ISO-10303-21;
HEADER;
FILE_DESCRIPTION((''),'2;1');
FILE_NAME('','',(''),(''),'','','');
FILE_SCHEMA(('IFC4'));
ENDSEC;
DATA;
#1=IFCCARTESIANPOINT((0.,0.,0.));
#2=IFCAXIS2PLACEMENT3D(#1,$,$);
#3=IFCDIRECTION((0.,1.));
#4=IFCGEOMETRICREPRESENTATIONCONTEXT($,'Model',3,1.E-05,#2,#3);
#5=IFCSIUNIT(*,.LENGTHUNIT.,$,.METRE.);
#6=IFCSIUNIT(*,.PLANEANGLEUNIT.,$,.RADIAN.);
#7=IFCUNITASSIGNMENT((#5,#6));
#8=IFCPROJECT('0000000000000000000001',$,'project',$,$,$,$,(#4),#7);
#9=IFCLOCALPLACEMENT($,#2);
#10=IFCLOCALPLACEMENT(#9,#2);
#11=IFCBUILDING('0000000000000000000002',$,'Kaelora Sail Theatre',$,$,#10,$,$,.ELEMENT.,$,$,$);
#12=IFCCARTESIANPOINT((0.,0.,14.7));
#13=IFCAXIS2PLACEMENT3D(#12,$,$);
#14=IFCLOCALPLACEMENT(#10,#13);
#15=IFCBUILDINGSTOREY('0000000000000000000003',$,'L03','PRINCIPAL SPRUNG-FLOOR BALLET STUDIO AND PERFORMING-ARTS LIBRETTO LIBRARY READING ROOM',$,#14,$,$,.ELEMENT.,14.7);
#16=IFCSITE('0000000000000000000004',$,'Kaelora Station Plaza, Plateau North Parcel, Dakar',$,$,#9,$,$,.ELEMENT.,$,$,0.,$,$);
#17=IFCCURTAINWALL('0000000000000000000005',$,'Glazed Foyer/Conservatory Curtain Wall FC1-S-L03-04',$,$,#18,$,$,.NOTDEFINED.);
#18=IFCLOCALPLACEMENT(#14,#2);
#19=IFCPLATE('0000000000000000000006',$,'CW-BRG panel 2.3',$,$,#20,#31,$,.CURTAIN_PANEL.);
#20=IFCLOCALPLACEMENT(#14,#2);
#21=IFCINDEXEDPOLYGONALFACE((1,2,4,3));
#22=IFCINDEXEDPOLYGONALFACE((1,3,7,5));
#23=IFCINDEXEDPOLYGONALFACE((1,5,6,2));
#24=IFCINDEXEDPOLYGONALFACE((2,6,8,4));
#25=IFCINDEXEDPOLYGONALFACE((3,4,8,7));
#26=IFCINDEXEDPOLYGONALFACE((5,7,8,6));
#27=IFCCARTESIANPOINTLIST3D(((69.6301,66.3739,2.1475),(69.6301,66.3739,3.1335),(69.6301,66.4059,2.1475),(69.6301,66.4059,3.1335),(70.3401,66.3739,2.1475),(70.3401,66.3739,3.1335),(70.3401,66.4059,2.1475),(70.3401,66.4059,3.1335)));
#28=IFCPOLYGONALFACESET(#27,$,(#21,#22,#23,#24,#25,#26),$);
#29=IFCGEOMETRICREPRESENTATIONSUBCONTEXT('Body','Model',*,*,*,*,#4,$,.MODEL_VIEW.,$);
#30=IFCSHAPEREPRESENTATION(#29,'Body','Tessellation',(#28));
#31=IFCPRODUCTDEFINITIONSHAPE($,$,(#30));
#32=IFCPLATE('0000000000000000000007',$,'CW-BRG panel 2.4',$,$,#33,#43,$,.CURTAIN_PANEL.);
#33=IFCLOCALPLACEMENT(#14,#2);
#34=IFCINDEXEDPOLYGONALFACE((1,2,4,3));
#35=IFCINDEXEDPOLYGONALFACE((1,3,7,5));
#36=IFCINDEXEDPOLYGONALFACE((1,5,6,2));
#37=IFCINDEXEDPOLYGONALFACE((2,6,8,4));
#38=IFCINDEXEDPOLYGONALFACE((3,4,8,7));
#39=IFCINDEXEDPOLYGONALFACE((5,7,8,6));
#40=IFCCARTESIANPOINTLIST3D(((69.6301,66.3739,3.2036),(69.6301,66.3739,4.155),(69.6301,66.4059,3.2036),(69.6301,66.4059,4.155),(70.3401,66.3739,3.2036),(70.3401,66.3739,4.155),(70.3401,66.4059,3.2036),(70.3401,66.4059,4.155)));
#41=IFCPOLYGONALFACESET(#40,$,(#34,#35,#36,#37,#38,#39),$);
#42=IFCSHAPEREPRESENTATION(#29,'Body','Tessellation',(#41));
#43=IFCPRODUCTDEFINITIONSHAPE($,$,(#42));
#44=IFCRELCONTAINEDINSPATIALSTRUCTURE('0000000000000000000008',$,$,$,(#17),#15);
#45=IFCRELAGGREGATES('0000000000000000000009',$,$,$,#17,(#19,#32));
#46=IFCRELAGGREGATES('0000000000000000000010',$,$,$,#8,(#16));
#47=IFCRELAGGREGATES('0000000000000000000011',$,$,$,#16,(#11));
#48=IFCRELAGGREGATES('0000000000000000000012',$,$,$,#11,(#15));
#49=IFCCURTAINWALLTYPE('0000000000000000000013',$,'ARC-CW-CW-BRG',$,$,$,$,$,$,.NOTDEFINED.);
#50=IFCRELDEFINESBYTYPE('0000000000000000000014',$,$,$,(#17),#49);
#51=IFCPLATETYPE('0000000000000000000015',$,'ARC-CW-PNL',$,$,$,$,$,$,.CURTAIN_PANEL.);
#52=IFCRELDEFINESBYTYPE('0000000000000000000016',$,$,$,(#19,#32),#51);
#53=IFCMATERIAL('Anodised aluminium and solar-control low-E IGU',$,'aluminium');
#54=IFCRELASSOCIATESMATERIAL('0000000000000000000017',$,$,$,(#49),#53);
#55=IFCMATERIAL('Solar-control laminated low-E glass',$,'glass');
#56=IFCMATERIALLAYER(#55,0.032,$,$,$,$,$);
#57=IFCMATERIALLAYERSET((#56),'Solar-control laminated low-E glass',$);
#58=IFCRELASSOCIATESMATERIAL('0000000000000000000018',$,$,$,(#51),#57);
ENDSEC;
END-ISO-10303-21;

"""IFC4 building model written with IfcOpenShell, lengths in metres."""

from ifc_helpers import new_model, si_unit, direction, frame, origin, origin_2d, place, context, subcontext, project, spatial, rectangle, extrude, material, layer, layer_set, type_object, element, aggregate, save


model = new_model("IFC4")

# Units and contexts
model_context = context("Model", 3, precision=1e-05, world=origin(), true_north=direction((0.0, 1.0)))
body_context = subcontext(model_context, "Body", "Model", "MODEL_VIEW")
ifc_project = project(units=[si_unit("LENGTHUNIT", "METRE"), si_unit("PLANEANGLEUNIT", "RADIAN")], contexts=[model_context])

# Site, building, storey
site_placement = place(None, origin())
site = spatial("IfcSite", under=ifc_project, at=site_placement, Name="Kaelora Station Plaza, Plateau North Parcel, Dakar", CompositionType="ELEMENT", RefElevation=0.0)
building_placement = place(site_placement, origin())
building = spatial("IfcBuilding", under=site, at=building_placement, Name="Kaelora Sail Theatre", CompositionType="ELEMENT")
storey_placement = place(building_placement, frame((0.0, 0.0, 14.7)))
storey = spatial("IfcBuildingStorey", under=building, at=storey_placement, Name="L03", Description="PRINCIPAL SPRUNG-FLOOR BALLET STUDIO AND PERFORMING-ARTS LIBRETTO LIBRARY READING ROOM", CompositionType="ELEMENT", Elevation=14.7)

# Curtain wall
ifc_material_1 = material(Name="Anodised aluminium and solar-control low-E IGU", Category="aluminium")
curtain_wall_type = type_object("IfcCurtainWallType", Name="ARC-CW-CW-BRG", PredefinedType="NOTDEFINED", material=ifc_material_1)
curtain_wall_1_placement = place(storey_placement, origin())
curtain_wall_1 = element("IfcCurtainWall", 1, at=curtain_wall_1_placement, inside=storey, type_object=curtain_wall_type, Name="Glazed Foyer/Conservatory Curtain Wall FC1-S-L03-04", PredefinedType="NOTDEFINED")

# Plates
ifc_material_2 = material(Name="Solar-control laminated low-E glass", Category="glass")
ifc_layer = layer(ifc_material_2, 0.032)
ifc_layer_set = layer_set([ifc_layer], Name="Solar-control laminated low-E glass")
plate_type = type_object("IfcPlateType", Name="ARC-CW-PNL", PredefinedType="CURTAIN_PANEL", material=ifc_layer_set)
plate_1_placement = place(storey_placement, frame((69.9851, 66.3899, 2.1475), z_axis=(0.0, 0.0, 1.0), x_axis=(1.0, 0.0, 0.0)))
plate_1 = element("IfcPlate", 2, at=plate_1_placement, type_object=plate_type, Name="CW-BRG panel 2.3", PredefinedType="CURTAIN_PANEL", context=body_context, shape_type="SweptSolid", body=[
    extrude(rectangle(XDim=0.71, YDim=0.032, at=origin_2d()), origin(), (0.0, 0.0, 1.0), 0.9861),
])
plate_2_placement = place(storey_placement, frame((69.9851, 66.3899, 3.2036), z_axis=(0.0, 0.0, 1.0), x_axis=(1.0, 0.0, 0.0)))
plate_2 = element("IfcPlate", 3, at=plate_2_placement, type_object=plate_type, Name="CW-BRG panel 2.4", PredefinedType="CURTAIN_PANEL", context=body_context, shape_type="SweptSolid", body=[
    extrude(rectangle(XDim=0.71, YDim=0.032, at=origin_2d()), origin(), (0.0, 0.0, 1.0), 0.9514),
])
aggregate(curtain_wall_1, [plate_1, plate_2])

save(model, "model.ifc")
